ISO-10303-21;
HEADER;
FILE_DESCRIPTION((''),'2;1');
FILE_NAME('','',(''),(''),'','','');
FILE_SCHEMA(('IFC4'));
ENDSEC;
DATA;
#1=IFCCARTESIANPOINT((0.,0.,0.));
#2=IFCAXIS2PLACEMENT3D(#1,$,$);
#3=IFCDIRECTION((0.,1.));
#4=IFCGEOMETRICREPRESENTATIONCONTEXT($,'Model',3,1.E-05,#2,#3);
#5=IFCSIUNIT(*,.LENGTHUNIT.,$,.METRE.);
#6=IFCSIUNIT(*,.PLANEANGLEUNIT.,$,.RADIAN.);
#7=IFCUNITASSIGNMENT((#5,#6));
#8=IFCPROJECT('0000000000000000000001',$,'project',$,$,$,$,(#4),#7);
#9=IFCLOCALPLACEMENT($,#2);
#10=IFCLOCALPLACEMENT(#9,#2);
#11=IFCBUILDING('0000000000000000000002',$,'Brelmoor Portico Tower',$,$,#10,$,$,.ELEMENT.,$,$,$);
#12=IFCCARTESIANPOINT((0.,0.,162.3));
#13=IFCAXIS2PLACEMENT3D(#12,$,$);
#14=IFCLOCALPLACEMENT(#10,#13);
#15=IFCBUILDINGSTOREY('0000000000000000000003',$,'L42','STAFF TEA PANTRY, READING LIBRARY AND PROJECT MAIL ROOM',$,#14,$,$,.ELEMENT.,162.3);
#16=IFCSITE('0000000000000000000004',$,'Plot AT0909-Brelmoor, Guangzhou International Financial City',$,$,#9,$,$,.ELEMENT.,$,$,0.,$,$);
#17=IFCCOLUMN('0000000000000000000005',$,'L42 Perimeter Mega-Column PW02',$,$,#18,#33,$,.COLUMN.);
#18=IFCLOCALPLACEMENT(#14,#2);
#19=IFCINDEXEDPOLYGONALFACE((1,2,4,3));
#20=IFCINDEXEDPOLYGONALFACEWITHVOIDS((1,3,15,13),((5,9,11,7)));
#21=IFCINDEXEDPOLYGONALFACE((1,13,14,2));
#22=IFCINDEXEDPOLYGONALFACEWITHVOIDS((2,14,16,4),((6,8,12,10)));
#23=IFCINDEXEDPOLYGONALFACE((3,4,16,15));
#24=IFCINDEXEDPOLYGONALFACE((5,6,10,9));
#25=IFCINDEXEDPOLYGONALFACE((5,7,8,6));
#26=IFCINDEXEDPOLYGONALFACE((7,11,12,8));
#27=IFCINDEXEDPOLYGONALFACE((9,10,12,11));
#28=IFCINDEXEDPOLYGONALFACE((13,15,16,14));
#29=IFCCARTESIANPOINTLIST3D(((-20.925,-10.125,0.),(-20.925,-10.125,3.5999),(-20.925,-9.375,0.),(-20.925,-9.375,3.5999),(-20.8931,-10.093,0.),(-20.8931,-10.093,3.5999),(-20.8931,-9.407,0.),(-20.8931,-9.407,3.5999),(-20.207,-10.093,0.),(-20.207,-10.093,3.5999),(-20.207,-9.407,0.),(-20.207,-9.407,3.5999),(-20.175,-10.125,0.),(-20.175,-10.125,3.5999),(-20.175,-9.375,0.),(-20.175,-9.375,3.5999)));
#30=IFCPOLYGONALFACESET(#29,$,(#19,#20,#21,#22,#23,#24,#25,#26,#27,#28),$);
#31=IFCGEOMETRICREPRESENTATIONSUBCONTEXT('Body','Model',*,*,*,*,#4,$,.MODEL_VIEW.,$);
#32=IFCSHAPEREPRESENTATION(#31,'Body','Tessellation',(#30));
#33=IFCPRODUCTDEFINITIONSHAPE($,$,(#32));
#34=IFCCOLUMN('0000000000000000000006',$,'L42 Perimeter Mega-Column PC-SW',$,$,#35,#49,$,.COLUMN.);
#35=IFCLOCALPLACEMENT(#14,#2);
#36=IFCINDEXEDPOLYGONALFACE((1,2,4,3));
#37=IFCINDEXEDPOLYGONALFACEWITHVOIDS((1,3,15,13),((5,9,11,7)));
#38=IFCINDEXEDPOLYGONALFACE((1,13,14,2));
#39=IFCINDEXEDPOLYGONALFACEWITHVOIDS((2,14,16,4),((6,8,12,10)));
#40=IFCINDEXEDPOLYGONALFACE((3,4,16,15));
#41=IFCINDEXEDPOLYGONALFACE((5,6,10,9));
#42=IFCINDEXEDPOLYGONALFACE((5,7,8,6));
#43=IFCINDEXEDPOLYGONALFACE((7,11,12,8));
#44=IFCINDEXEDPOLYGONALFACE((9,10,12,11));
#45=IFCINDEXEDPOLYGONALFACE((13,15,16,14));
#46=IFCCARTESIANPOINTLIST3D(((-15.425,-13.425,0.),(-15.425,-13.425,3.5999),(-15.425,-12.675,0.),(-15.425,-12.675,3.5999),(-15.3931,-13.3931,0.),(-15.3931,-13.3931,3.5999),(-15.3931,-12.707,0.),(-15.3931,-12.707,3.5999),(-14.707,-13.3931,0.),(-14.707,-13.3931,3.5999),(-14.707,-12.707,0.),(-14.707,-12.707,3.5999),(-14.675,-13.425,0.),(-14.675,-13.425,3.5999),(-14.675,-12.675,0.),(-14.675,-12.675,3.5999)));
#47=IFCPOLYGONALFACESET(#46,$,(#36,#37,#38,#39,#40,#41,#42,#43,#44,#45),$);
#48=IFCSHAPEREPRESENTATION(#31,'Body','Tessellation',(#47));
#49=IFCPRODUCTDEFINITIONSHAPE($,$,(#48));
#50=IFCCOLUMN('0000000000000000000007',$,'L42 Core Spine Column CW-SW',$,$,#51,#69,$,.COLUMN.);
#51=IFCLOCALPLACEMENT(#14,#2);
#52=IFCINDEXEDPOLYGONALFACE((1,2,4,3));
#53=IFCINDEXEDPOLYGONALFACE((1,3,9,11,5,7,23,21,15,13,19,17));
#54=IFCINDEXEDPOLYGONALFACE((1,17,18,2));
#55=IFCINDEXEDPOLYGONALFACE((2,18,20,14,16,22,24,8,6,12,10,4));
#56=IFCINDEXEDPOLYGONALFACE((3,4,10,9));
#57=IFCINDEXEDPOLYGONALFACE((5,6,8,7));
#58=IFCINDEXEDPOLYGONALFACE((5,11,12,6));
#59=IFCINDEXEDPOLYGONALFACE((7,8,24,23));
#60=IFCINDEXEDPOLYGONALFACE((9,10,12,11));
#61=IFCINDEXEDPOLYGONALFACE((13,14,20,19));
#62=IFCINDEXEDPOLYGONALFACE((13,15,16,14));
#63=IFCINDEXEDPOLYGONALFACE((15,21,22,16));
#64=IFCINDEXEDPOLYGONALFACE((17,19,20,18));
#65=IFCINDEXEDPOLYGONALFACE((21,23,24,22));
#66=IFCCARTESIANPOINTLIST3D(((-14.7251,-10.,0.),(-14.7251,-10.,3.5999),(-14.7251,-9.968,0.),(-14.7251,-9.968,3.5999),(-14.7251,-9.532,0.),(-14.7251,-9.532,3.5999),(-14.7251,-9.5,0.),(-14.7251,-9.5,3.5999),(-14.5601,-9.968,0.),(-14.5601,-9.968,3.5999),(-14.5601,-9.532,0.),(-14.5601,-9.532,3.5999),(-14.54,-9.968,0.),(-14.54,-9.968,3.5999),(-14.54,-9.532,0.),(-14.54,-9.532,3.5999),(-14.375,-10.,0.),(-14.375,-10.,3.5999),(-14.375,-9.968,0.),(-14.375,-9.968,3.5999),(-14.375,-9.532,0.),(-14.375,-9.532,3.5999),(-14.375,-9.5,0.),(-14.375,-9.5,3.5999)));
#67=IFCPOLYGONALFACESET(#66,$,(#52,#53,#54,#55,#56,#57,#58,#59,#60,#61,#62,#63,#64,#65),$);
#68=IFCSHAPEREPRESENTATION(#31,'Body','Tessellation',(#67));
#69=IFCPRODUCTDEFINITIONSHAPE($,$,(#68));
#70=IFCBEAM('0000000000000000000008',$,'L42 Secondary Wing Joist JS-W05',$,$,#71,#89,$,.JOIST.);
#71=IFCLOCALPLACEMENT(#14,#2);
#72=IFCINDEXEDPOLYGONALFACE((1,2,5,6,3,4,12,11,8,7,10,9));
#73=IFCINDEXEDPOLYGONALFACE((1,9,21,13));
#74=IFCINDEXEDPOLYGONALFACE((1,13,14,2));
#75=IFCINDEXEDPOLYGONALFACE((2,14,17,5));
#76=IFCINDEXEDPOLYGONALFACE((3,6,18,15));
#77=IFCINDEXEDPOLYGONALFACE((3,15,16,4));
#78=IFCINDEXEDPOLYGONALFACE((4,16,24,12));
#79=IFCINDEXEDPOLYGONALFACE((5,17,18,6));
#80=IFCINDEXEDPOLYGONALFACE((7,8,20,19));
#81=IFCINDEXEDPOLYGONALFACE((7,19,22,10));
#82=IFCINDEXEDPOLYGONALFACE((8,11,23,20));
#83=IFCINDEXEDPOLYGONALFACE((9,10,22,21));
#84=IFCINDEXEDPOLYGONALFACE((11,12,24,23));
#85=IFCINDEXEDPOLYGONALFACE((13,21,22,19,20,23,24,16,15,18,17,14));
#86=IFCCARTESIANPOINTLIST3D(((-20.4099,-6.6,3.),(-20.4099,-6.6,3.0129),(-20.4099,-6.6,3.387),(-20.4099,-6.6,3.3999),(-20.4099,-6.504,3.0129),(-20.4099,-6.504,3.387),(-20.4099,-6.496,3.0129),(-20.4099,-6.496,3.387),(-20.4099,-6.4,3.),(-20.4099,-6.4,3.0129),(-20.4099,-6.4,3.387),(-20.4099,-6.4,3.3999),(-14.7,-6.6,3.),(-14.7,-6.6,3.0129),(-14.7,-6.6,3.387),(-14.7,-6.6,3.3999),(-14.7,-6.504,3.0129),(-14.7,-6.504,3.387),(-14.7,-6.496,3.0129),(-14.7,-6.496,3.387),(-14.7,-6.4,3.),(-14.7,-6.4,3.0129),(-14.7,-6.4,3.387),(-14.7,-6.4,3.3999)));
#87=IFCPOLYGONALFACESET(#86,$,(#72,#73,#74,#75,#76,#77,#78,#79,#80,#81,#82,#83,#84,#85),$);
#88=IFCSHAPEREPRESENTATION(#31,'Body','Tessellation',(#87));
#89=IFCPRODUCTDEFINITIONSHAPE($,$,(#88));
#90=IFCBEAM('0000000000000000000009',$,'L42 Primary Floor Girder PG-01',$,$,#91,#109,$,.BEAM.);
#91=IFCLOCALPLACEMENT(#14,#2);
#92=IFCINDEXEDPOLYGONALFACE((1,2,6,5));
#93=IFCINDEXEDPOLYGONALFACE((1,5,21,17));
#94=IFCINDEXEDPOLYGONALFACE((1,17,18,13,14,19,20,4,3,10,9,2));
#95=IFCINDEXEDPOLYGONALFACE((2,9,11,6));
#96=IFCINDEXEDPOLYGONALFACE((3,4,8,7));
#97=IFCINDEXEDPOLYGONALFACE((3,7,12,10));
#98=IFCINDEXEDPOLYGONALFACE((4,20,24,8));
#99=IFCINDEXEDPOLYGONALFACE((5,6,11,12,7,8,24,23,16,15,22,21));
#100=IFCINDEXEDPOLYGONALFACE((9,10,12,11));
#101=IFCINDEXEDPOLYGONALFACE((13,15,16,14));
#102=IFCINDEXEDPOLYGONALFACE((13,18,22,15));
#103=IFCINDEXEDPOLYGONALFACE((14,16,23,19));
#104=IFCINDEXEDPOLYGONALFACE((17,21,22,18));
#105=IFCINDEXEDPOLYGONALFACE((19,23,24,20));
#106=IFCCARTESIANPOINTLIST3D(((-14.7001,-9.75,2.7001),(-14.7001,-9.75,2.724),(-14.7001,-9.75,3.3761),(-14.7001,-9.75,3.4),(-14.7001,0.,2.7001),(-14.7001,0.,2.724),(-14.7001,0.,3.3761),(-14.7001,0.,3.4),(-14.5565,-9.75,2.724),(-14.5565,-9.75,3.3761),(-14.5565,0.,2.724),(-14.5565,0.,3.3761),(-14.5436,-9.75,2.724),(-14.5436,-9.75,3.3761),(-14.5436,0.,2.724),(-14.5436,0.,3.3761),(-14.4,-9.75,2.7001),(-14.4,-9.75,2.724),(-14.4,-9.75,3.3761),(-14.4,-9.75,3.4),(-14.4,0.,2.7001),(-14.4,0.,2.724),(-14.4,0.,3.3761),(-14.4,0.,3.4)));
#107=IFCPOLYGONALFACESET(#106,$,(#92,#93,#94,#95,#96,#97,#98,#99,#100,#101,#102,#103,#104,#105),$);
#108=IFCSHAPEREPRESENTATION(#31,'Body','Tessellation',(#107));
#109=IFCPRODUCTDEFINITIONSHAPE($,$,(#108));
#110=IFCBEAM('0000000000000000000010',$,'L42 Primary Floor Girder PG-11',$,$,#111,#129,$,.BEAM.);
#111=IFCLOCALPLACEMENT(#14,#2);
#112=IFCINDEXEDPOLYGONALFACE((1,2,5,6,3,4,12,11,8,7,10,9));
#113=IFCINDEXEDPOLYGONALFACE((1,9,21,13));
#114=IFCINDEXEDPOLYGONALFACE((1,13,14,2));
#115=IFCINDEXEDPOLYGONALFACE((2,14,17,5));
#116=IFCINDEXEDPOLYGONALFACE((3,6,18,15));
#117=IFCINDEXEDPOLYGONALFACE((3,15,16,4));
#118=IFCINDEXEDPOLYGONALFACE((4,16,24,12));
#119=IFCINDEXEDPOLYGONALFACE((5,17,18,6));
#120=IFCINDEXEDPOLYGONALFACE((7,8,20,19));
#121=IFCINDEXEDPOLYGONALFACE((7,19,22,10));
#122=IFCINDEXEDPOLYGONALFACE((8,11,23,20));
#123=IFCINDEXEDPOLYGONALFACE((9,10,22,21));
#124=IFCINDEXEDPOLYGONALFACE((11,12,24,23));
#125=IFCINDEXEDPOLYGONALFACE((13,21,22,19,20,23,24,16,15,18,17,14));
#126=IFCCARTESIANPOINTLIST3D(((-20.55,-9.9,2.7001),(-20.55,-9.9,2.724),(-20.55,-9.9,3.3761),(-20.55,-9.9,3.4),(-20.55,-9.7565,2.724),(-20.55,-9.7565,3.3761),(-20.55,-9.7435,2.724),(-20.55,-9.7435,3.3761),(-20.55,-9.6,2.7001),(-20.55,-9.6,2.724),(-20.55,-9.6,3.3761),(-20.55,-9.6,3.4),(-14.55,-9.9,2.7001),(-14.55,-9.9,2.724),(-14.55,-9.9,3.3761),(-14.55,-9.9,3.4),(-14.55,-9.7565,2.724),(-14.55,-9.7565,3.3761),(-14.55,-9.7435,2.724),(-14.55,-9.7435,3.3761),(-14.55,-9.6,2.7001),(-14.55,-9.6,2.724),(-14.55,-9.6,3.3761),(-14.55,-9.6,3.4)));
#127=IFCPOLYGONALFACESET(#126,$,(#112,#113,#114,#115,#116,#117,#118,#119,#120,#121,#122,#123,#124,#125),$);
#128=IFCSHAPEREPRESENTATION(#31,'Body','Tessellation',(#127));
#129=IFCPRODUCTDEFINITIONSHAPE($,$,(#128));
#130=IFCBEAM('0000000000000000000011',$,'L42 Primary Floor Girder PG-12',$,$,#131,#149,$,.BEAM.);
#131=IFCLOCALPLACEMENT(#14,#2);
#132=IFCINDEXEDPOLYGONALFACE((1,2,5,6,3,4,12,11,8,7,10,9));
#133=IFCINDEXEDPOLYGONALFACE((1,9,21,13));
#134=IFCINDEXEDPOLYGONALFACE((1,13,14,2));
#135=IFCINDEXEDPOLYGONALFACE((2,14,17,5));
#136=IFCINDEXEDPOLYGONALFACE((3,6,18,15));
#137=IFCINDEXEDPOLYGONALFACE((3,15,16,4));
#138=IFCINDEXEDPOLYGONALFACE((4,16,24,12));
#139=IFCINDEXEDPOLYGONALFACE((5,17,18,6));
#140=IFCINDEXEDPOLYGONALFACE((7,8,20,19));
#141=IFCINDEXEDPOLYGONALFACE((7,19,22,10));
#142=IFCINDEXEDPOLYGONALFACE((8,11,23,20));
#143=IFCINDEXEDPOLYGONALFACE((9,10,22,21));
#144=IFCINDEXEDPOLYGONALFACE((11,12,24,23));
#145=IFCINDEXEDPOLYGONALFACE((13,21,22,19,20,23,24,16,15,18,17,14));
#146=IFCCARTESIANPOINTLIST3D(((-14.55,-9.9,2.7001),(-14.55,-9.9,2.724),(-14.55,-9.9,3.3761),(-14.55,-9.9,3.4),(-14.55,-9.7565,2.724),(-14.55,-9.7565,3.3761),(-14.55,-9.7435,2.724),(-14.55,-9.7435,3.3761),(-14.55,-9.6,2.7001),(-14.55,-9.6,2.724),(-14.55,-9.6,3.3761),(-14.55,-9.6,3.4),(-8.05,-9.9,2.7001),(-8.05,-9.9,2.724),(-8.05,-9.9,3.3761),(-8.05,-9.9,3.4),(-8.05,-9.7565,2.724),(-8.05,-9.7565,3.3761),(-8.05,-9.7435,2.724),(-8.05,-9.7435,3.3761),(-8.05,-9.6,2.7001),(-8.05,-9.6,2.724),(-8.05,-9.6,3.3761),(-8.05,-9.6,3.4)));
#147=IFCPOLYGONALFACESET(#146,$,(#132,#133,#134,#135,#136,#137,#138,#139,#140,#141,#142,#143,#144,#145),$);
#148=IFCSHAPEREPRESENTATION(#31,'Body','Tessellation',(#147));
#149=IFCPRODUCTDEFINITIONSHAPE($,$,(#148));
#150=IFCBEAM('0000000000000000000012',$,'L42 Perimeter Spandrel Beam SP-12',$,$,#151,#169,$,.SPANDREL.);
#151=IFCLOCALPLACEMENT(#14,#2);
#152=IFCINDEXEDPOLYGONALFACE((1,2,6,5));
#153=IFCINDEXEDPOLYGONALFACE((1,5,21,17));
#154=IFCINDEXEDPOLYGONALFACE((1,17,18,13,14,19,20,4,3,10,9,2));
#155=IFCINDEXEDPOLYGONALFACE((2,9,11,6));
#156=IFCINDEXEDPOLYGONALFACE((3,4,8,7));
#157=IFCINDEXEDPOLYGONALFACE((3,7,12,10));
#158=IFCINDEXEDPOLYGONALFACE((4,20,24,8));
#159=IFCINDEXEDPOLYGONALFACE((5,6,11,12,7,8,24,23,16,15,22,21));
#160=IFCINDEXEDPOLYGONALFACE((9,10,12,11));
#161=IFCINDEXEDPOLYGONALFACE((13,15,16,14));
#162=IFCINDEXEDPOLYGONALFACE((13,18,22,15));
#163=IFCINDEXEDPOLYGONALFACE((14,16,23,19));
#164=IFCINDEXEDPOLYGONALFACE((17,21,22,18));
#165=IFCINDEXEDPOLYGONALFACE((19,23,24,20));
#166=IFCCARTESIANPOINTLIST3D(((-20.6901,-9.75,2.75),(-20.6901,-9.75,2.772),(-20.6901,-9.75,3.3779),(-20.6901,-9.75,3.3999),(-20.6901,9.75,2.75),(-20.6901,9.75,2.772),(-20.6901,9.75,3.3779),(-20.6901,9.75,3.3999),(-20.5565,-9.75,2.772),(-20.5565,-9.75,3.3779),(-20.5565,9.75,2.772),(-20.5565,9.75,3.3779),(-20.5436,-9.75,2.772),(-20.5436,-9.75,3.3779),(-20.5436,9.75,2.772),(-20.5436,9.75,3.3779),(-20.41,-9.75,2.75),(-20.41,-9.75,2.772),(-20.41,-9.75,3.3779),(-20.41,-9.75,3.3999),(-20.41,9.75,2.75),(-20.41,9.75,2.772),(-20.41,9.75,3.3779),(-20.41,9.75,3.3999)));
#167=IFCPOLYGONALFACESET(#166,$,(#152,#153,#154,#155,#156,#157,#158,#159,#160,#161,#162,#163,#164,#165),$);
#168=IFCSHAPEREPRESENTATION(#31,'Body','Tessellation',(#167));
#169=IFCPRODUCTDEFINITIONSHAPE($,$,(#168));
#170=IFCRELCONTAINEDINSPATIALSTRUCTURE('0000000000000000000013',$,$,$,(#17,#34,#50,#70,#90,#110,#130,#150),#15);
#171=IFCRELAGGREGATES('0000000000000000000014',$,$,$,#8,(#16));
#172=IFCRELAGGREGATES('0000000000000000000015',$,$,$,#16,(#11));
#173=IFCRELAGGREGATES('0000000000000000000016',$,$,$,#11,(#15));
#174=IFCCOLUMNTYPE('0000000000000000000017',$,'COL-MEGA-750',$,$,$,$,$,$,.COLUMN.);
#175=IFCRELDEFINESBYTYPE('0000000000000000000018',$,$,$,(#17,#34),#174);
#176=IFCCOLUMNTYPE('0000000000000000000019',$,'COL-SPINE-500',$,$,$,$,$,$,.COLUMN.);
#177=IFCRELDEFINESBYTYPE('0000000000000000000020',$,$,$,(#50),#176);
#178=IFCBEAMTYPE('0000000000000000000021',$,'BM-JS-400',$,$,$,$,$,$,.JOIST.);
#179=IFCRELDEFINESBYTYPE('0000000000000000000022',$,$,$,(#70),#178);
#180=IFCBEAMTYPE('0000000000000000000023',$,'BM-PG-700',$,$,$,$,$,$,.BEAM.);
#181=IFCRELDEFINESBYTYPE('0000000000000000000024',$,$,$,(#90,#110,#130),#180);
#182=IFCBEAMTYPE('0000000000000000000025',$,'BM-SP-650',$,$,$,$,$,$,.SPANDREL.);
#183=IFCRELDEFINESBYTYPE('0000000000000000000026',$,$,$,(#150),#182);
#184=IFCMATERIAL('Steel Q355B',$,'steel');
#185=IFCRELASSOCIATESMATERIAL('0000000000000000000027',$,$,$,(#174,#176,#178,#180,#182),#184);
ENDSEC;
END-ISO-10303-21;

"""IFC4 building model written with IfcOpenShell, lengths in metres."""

from ifc_helpers import new_model, si_unit, direction, frame, origin, origin_2d, place, context, subcontext, project, spatial, hollow_rectangle, i_section, extrude, material, material_profile, profile_set, type_object, element, save


model = new_model("IFC4")

# Units and contexts
model_context = context("Model", 3, precision=1e-05, world=origin(), true_north=direction((0.0, 1.0)))
body_context = subcontext(model_context, "Body", "Model", "MODEL_VIEW")
ifc_project = project(units=[si_unit("LENGTHUNIT", "METRE"), si_unit("PLANEANGLEUNIT", "RADIAN")], contexts=[model_context])

# Site, building, storey
site_placement = place(None, origin())
site = spatial("IfcSite", under=ifc_project, at=site_placement, Name="Plot AT0909-Brelmoor, Guangzhou International Financial City", CompositionType="ELEMENT", RefElevation=0.0)
building_placement = place(site_placement, origin())
building = spatial("IfcBuilding", under=site, at=building_placement, Name="Brelmoor Portico Tower", CompositionType="ELEMENT")
storey_placement = place(building_placement, frame((0.0, 0.0, 162.3)))
storey = spatial("IfcBuildingStorey", under=building, at=storey_placement, Name="L42", Description="STAFF TEA PANTRY, READING LIBRARY AND PROJECT MAIL ROOM", CompositionType="ELEMENT", Elevation=162.3)

# Columns
ifc_material_1 = material(Name="Steel Q355B", Category="steel")
ifc_material_profile_1 = material_profile(ifc_material_1, hollow_rectangle(XDim=0.75, YDim=0.75, WallThickness=0.032, at=origin_2d()), Name="BOX 750x750x32")
ifc_profile_set_1 = profile_set([ifc_material_profile_1], Name="Steel Q355B")
column_type_1 = type_object("IfcColumnType", Name="COL-MEGA-750", PredefinedType="COLUMN", material=ifc_profile_set_1)
for number, where, z_axis, x_axis, name in (
    (1, (-20.55, -9.75, 0.0), (0.0, 0.0, 1.0), (0.0, 1.0, 0.0), "L42 Perimeter Mega-Column PW02"),
    (2, (-15.05, -13.05, 0.0), (0.0, 0.0, 1.0), (1.0, 0.0, 0.0), "L42 Perimeter Mega-Column PC-SW"),
):
    element("IfcColumn", number, at=place(storey_placement, frame(where, z_axis=z_axis, x_axis=x_axis)), inside=storey, type_object=column_type_1, Name=name, PredefinedType="COLUMN", context=body_context, shape_type="SweptSolid", body=[
        extrude(hollow_rectangle(XDim=0.75, YDim=0.75, WallThickness=0.032, at=origin_2d()), origin(), (0.0, 0.0, 1.0), 3.5999),
    ])
ifc_material_profile_2 = material_profile(ifc_material_1, i_section(OverallWidth=0.3501, OverallDepth=0.5, WebThickness=0.02, FlangeThickness=0.032, at=origin_2d()), Name="HW 500x350x20x32")
ifc_profile_set_2 = profile_set([ifc_material_profile_2], Name="Steel Q355B")
column_type_2 = type_object("IfcColumnType", Name="COL-SPINE-500", PredefinedType="COLUMN", material=ifc_profile_set_2)
column_placement = place(storey_placement, frame((-14.55, -9.75, 0.0), z_axis=(0.0, 0.0, 1.0), x_axis=(1.0, 0.0, 0.0)))
element("IfcColumn", 3, at=column_placement, inside=storey, type_object=column_type_2, Name="L42 Core Spine Column CW-SW", PredefinedType="COLUMN", context=body_context, shape_type="SweptSolid", body=[
    extrude(i_section(OverallWidth=0.3501, OverallDepth=0.5, WebThickness=0.02, FlangeThickness=0.032, at=origin_2d()), origin(), (0.0, 0.0, 1.0), 3.5999),
])

# Beams
ifc_material_profile_3 = material_profile(ifc_material_1, i_section(OverallWidth=0.2, OverallDepth=0.3999, WebThickness=0.0081, FlangeThickness=0.0129, at=origin_2d()), Name="HN 400x200x8x13")
ifc_profile_set_3 = profile_set([ifc_material_profile_3], Name="Steel Q355B")
beam_type_1 = type_object("IfcBeamType", Name="BM-JS-400", PredefinedType="JOIST", material=ifc_profile_set_3)
beam_1_placement = place(storey_placement, frame((-20.4099, -6.5, 3.2), z_axis=(1.0, 0.0, 0.0), x_axis=(0.0, 1.0, 0.0)))
element("IfcBeam", 4, at=beam_1_placement, inside=storey, type_object=beam_type_1, Name="L42 Secondary Wing Joist JS-W05", PredefinedType="JOIST", context=body_context, shape_type="SweptSolid", body=[
    extrude(i_section(OverallWidth=0.2, OverallDepth=0.3999, WebThickness=0.0081, FlangeThickness=0.0129, at=origin_2d()), origin(), (0.0, 0.0, 1.0), 5.71),
])
ifc_material_profile_4 = material_profile(ifc_material_1, i_section(OverallWidth=0.3, OverallDepth=0.7, WebThickness=0.0129, FlangeThickness=0.0239, at=origin_2d()), Name="HN 700x300x13x24")
ifc_profile_set_4 = profile_set([ifc_material_profile_4], Name="Steel Q355B")
beam_type_2 = type_object("IfcBeamType", Name="BM-PG-700", PredefinedType="BEAM", material=ifc_profile_set_4)
beam_2_placement = place(storey_placement, frame((-14.55, -9.75, 3.05), z_axis=(0.0, 1.0, 0.0), x_axis=(-1.0, 0.0, 0.0)))
element("IfcBeam", 5, at=beam_2_placement, inside=storey, type_object=beam_type_2, Name="L42 Primary Floor Girder PG-01", PredefinedType="BEAM", context=body_context, shape_type="SweptSolid", body=[
    extrude(i_section(OverallWidth=0.3, OverallDepth=0.7, WebThickness=0.0129, FlangeThickness=0.0239, at=origin_2d()), origin(), (0.0, 0.0, 1.0), 9.75),
])
beam_3_placement = place(storey_placement, frame((-20.55, -9.75, 3.05), z_axis=(1.0, 0.0, 0.0), x_axis=(0.0, 1.0, 0.0)))
element("IfcBeam", 6, at=beam_3_placement, inside=storey, type_object=beam_type_2, Name="L42 Primary Floor Girder PG-11", PredefinedType="BEAM", context=body_context, shape_type="SweptSolid", body=[
    extrude(i_section(OverallWidth=0.3, OverallDepth=0.7, WebThickness=0.0129, FlangeThickness=0.0239, at=origin_2d()), origin(), (0.0, 0.0, 1.0), 6.0),
])
beam_4_placement = place(storey_placement, frame((-14.55, -9.75, 3.05), z_axis=(1.0, 0.0, 0.0), x_axis=(0.0, 1.0, 0.0)))
element("IfcBeam", 7, at=beam_4_placement, inside=storey, type_object=beam_type_2, Name="L42 Primary Floor Girder PG-12", PredefinedType="BEAM", context=body_context, shape_type="SweptSolid", body=[
    extrude(i_section(OverallWidth=0.3, OverallDepth=0.7, WebThickness=0.0129, FlangeThickness=0.0239, at=origin_2d()), origin(), (0.0, 0.0, 1.0), 6.5),
])
ifc_material_profile_5 = material_profile(ifc_material_1, i_section(OverallWidth=0.28, OverallDepth=0.6499, WebThickness=0.0129, FlangeThickness=0.022, at=origin_2d()), Name="HN 650x280x13x22")
ifc_profile_set_5 = profile_set([ifc_material_profile_5], Name="Steel Q355B")
beam_type_3 = type_object("IfcBeamType", Name="BM-SP-650", PredefinedType="SPANDREL", material=ifc_profile_set_5)
beam_5_placement = place(storey_placement, frame((-20.55, -9.75, 3.075), z_axis=(0.0, 1.0, 0.0), x_axis=(-1.0, 0.0, 0.0)))
element("IfcBeam", 8, at=beam_5_placement, inside=storey, type_object=beam_type_3, Name="L42 Perimeter Spandrel Beam SP-12", PredefinedType="SPANDREL", context=body_context, shape_type="SweptSolid", body=[
    extrude(i_section(OverallWidth=0.28, OverallDepth=0.6499, WebThickness=0.0129, FlangeThickness=0.022, at=origin_2d()), origin(), (0.0, 0.0, 1.0), 19.5),
])

save(model, "model.ifc")
